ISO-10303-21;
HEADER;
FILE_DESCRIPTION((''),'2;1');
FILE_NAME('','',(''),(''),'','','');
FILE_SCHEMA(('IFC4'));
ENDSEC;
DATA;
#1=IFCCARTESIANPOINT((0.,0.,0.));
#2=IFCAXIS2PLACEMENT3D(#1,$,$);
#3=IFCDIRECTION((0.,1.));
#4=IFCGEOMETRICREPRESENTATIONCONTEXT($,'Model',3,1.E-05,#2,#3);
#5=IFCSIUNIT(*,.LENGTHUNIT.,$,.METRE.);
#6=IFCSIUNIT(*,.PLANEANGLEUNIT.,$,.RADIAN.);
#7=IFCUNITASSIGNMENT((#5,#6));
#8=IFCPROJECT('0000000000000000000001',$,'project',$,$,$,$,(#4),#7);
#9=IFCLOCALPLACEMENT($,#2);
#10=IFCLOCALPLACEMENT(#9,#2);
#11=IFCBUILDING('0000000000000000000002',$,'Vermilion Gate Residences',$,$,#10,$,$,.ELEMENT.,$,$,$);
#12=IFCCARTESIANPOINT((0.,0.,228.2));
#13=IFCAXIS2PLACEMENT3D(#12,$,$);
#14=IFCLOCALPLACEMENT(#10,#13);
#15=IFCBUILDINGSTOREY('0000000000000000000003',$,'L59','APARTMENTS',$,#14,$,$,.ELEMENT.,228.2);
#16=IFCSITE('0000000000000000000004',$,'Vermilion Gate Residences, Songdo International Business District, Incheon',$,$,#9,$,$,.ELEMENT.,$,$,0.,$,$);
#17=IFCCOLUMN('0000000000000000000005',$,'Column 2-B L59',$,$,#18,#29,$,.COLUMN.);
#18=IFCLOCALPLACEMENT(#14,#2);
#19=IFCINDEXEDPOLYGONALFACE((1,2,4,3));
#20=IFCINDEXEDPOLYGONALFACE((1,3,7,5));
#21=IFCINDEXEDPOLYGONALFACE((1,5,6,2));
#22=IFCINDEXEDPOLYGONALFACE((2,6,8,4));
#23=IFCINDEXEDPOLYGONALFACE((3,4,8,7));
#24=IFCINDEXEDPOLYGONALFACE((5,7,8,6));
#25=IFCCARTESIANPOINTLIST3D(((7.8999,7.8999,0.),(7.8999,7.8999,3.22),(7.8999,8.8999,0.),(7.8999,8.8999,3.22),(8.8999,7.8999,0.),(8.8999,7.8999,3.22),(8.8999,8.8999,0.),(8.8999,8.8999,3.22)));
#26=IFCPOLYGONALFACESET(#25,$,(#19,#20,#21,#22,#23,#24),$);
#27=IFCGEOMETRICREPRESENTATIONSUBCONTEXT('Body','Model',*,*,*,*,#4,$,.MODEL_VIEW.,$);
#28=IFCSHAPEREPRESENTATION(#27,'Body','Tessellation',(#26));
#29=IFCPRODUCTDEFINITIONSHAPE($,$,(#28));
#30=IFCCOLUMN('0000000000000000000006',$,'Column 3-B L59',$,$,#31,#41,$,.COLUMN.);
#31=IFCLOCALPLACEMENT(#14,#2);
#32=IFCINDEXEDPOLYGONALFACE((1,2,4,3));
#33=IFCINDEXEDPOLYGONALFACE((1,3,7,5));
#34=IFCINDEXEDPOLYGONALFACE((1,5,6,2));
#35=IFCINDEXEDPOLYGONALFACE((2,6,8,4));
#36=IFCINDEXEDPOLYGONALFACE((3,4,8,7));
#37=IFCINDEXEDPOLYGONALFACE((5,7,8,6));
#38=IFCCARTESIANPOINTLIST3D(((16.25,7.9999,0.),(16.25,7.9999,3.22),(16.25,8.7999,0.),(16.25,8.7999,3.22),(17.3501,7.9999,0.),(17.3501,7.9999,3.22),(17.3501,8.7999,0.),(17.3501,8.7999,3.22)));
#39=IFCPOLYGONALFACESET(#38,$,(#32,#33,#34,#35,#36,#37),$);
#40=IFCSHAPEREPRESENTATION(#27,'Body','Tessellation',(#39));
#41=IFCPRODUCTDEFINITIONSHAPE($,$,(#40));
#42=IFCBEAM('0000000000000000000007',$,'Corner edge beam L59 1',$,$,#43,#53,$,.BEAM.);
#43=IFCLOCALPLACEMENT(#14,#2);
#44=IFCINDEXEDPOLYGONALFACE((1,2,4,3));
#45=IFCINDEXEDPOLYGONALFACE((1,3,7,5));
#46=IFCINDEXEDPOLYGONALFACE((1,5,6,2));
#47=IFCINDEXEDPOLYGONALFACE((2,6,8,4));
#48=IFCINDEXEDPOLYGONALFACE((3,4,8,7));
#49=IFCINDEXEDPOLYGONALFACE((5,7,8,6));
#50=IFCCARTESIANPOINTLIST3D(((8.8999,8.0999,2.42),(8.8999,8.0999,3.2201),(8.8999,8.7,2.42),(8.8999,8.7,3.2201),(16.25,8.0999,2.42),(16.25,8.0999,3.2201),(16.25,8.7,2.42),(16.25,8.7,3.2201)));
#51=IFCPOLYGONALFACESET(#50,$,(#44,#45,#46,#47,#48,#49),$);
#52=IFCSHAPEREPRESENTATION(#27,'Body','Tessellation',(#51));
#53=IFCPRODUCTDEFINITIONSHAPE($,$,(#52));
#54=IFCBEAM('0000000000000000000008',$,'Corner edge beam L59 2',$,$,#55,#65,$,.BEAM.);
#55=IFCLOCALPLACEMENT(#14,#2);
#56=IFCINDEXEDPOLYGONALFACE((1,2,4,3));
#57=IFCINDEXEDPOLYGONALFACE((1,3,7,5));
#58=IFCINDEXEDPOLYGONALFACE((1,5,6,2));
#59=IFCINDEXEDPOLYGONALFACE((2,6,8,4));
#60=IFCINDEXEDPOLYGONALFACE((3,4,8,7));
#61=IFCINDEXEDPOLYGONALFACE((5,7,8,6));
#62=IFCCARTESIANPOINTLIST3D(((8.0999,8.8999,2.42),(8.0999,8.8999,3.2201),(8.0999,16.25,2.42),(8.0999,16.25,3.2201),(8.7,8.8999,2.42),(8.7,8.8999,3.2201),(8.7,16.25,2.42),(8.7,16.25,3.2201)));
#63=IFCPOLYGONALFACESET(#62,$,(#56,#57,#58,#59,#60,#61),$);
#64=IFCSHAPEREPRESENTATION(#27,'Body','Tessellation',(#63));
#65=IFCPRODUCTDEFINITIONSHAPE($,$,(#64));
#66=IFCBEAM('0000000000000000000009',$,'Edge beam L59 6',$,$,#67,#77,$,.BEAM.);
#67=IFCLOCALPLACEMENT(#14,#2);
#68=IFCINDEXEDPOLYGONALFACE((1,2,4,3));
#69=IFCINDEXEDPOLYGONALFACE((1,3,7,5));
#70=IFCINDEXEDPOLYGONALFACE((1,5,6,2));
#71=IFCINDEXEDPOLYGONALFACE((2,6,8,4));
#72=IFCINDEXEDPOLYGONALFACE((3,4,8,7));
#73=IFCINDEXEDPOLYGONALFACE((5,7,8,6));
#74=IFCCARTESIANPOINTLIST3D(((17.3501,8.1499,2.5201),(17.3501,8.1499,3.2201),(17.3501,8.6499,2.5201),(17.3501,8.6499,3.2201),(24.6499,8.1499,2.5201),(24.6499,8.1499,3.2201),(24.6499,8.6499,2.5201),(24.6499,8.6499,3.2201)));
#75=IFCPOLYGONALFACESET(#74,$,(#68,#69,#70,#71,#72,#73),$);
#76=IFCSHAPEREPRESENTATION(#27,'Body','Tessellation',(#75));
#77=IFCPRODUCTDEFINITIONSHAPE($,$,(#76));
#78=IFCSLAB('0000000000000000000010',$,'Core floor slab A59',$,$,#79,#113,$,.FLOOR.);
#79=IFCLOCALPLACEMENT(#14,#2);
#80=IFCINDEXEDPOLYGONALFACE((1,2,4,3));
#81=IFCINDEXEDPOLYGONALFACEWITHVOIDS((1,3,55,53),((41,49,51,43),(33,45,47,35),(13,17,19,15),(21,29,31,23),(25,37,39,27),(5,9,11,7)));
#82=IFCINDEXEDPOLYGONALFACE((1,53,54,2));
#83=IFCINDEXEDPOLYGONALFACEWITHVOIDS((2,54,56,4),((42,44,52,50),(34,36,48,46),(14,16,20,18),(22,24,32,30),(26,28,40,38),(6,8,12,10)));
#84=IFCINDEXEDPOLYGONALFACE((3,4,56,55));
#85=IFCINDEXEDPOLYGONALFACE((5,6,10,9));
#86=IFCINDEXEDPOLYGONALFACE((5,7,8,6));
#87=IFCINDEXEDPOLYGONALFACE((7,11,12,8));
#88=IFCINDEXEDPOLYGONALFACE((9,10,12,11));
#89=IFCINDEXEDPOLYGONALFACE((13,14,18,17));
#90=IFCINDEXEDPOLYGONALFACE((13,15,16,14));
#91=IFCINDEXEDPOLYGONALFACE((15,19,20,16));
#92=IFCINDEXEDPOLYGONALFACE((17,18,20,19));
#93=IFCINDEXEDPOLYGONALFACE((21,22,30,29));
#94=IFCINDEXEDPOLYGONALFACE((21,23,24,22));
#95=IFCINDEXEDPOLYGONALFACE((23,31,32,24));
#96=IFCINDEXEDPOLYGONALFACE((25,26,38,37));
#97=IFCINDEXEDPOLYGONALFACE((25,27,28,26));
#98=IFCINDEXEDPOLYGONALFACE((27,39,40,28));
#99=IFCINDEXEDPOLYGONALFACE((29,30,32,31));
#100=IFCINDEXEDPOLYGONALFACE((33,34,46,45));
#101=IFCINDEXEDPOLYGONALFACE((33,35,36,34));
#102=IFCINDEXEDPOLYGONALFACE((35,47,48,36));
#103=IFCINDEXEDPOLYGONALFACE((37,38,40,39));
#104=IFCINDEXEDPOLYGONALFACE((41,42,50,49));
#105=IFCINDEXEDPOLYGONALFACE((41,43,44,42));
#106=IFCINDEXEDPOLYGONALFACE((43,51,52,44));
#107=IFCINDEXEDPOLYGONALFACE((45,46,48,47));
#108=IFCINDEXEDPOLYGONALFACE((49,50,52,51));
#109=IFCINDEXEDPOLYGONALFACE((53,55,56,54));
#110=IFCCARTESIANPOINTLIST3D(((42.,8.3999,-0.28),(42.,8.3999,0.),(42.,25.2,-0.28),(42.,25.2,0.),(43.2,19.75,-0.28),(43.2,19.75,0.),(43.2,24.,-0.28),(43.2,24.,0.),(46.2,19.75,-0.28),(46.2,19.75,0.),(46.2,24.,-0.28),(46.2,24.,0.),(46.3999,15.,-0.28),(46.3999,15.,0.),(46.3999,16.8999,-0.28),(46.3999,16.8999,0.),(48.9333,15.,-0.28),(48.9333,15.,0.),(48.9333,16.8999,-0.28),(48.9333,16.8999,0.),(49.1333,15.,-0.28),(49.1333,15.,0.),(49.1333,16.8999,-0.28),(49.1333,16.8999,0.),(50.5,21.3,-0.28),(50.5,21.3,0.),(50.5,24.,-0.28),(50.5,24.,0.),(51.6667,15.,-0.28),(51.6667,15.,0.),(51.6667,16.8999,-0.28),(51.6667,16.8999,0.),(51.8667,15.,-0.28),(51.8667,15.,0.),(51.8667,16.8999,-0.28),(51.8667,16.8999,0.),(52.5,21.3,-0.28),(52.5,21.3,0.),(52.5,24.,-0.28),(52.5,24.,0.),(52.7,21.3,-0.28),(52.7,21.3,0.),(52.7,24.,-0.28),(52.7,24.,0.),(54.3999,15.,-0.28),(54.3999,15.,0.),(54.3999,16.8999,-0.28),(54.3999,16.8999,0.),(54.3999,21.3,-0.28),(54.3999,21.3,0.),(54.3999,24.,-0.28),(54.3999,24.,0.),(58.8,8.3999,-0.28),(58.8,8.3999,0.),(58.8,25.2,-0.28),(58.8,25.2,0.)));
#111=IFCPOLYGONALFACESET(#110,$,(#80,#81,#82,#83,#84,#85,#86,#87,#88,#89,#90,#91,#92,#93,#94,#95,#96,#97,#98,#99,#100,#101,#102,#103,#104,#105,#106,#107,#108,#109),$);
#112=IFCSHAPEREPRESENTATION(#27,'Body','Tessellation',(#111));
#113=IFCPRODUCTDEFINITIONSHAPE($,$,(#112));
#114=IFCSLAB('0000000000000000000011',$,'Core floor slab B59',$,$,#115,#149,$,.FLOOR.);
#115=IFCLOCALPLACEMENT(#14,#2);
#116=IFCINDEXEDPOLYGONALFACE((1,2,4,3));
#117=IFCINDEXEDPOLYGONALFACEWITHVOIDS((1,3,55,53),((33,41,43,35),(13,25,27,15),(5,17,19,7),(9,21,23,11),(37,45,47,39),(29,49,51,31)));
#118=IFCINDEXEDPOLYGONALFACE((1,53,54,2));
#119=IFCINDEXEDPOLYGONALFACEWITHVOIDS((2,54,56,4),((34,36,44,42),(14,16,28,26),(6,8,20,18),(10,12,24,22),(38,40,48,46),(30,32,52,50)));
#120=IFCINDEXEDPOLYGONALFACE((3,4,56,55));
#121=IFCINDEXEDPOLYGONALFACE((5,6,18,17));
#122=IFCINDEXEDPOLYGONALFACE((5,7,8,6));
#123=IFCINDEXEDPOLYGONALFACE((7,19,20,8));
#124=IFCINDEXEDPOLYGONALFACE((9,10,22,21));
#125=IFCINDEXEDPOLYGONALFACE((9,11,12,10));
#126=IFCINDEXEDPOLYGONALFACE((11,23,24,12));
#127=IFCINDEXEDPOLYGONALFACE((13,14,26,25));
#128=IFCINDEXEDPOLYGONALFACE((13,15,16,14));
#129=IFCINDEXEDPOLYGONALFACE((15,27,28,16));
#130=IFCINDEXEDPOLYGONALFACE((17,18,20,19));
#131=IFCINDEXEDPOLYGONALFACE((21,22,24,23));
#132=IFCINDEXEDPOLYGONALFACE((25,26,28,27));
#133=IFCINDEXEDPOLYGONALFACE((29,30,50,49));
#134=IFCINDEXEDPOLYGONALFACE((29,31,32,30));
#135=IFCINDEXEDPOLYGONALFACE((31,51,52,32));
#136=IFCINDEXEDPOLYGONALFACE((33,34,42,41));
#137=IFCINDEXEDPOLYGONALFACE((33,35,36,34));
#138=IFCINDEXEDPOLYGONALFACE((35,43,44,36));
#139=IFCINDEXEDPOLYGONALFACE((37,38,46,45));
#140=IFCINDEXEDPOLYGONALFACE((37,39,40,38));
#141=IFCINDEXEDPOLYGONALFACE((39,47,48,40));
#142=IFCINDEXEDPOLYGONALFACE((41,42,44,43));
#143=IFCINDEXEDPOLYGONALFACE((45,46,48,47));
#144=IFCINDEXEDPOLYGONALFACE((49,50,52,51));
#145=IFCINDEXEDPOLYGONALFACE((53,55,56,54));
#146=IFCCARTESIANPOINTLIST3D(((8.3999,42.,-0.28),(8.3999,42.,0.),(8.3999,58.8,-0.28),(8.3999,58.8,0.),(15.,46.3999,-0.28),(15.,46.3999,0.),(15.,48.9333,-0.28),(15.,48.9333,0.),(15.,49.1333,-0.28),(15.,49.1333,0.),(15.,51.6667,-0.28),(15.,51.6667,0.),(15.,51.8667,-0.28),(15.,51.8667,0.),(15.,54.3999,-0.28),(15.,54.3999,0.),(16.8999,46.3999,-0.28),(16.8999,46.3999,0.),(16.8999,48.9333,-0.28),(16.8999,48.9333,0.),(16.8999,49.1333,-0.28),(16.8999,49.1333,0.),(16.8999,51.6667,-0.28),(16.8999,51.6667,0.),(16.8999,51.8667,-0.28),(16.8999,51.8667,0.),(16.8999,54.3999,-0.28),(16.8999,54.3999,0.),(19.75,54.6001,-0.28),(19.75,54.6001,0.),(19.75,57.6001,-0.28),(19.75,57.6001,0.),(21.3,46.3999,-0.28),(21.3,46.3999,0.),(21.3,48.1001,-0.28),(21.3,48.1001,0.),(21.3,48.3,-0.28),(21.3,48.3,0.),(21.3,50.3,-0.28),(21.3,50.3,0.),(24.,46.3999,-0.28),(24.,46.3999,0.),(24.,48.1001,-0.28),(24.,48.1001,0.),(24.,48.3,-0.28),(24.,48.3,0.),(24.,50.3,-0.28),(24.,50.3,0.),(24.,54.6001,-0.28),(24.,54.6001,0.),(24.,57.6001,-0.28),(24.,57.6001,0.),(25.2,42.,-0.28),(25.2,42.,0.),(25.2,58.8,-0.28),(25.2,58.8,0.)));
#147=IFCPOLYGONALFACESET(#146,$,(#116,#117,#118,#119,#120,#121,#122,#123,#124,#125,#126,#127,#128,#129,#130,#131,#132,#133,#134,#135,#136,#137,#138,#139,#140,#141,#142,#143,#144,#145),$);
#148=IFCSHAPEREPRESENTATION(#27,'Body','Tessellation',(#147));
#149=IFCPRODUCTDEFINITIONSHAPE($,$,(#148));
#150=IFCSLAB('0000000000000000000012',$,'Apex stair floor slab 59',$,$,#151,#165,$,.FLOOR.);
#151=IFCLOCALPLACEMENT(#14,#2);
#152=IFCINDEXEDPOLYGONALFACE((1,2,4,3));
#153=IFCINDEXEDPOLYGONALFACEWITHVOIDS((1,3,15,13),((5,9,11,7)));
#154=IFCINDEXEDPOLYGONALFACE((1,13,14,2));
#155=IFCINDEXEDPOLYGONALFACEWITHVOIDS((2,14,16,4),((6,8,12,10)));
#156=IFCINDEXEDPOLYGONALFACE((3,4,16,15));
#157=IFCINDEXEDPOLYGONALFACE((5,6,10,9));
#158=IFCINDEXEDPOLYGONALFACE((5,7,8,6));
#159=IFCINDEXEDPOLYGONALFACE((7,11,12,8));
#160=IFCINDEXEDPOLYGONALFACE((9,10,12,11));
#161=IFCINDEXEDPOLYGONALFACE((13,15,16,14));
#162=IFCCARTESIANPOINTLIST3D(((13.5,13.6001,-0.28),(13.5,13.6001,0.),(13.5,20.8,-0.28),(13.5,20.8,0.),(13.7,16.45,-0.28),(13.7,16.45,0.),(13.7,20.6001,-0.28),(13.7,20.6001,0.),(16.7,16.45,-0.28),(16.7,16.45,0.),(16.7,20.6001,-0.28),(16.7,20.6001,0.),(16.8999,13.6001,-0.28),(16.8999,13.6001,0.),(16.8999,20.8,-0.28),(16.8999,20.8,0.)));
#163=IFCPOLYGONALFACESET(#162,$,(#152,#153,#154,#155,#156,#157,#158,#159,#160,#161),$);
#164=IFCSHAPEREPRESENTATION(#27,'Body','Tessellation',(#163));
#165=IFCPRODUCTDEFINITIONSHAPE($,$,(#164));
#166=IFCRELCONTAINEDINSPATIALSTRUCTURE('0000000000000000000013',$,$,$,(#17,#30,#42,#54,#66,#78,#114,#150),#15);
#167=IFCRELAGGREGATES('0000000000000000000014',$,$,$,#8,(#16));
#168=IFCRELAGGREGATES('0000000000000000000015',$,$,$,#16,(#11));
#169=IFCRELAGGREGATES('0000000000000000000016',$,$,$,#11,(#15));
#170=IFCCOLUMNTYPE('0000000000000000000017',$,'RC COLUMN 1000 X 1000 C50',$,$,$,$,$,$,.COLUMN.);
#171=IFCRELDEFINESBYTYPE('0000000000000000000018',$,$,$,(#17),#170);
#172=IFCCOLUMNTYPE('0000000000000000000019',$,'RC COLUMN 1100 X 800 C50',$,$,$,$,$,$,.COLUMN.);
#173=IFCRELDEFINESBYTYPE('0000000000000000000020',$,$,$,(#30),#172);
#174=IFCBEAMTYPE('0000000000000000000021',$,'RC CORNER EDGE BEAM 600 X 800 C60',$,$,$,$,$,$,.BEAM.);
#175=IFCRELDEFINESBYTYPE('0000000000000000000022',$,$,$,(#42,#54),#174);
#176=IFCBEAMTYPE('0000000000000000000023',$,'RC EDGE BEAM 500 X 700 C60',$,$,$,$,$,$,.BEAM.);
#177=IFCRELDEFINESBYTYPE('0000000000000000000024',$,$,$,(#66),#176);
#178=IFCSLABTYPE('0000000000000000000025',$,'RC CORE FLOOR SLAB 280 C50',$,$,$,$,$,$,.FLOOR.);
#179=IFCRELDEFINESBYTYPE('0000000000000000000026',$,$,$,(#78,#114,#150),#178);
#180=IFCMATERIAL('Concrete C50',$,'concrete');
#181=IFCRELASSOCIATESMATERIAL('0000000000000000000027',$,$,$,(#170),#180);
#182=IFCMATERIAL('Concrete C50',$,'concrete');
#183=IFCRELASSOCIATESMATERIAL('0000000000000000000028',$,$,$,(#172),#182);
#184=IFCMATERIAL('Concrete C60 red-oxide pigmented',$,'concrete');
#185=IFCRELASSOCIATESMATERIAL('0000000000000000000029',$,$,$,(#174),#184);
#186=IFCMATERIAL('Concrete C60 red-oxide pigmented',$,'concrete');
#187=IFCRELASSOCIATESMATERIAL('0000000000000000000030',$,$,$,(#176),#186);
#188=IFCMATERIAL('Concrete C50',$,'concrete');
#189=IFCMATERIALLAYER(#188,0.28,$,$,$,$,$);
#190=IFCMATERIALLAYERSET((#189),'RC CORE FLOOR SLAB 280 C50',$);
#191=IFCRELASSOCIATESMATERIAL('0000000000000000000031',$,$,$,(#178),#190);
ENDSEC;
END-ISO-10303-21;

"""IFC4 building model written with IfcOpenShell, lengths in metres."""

from ifc_helpers import new_model, si_unit, direction, frame, origin, origin_2d, place, context, subcontext, project, spatial, polyline, rectangle, outline, extrude, material, layer, layer_set, material_profile, profile_set, type_object, element, save


model = new_model("IFC4")

# Units and contexts
model_context = context("Model", 3, precision=1e-05, world=origin(), true_north=direction((0.0, 1.0)))
body_context = subcontext(model_context, "Body", "Model", "MODEL_VIEW")
ifc_project = project(units=[si_unit("LENGTHUNIT", "METRE"), si_unit("PLANEANGLEUNIT", "RADIAN")], contexts=[model_context])

# Site, building, storey
site_placement = place(None, origin())
site = spatial("IfcSite", under=ifc_project, at=site_placement, Name="Vermilion Gate Residences, Songdo International Business District, Incheon", CompositionType="ELEMENT", RefElevation=0.0)
building_placement = place(site_placement, origin())
building = spatial("IfcBuilding", under=site, at=building_placement, Name="Vermilion Gate Residences", CompositionType="ELEMENT")
storey_placement = place(building_placement, frame((0.0, 0.0, 228.2)))
storey = spatial("IfcBuildingStorey", under=building, at=storey_placement, Name="L59", Description="APARTMENTS", CompositionType="ELEMENT", Elevation=228.2)

# Columns
ifc_material_1 = material(Name="Concrete C50", Category="concrete")
ifc_material_profile_1 = material_profile(ifc_material_1, rectangle(XDim=1.0, YDim=1.0, at=origin_2d()), Name="RC-1000x1000")
ifc_profile_set_1 = profile_set([ifc_material_profile_1], Name="Concrete C50")
column_type_1 = type_object("IfcColumnType", Name="RC COLUMN 1000 X 1000 C50", PredefinedType="COLUMN", material=ifc_profile_set_1)
column_1_placement = place(storey_placement, frame((8.3999, 8.3999, 0.0), z_axis=(0.0, 0.0, 1.0), x_axis=(1.0, 0.0, 0.0)))
element("IfcColumn", 1, at=column_1_placement, inside=storey, type_object=column_type_1, Name="Column 2-B L59", PredefinedType="COLUMN", context=body_context, shape_type="SweptSolid", body=[
    extrude(rectangle(XDim=1.0, YDim=1.0, at=origin_2d()), origin(), (0.0, 0.0, 1.0), 3.22),
])
ifc_material_2 = material(Name="Concrete C50", Category="concrete")
ifc_material_profile_2 = material_profile(ifc_material_2, rectangle(XDim=1.1001, YDim=0.8, at=origin_2d()), Name="RC-1100x800")
ifc_profile_set_2 = profile_set([ifc_material_profile_2], Name="Concrete C50")
column_type_2 = type_object("IfcColumnType", Name="RC COLUMN 1100 X 800 C50", PredefinedType="COLUMN", material=ifc_profile_set_2)
column_2_placement = place(storey_placement, frame((16.8, 8.3999, 0.0), z_axis=(0.0, 0.0, 1.0), x_axis=(1.0, 0.0, 0.0)))
element("IfcColumn", 2, at=column_2_placement, inside=storey, type_object=column_type_2, Name="Column 3-B L59", PredefinedType="COLUMN", context=body_context, shape_type="SweptSolid", body=[
    extrude(rectangle(XDim=1.1001, YDim=0.8, at=origin_2d()), origin(), (0.0, 0.0, 1.0), 3.22),
])

# Beams
ifc_material_3 = material(Name="Concrete C60 red-oxide pigmented", Category="concrete")
ifc_material_profile_3 = material_profile(ifc_material_3, rectangle(XDim=0.6001, YDim=0.8, at=origin_2d()), Name="RC-600x800")
ifc_profile_set_3 = profile_set([ifc_material_profile_3], Name="Concrete C60 red-oxide pigmented")
beam_type_1 = type_object("IfcBeamType", Name="RC CORNER EDGE BEAM 600 X 800 C60", PredefinedType="BEAM", material=ifc_profile_set_3)
for number, where, z_axis, x_axis, name in (
    (3, (8.8999, 8.3999, 2.8201), (1.0, 0.0, 0.0), (0.0, 1.0, 0.0), "Corner edge beam L59 1"),
    (4, (8.3999, 8.8999, 2.8201), (0.0, 1.0, 0.0), (-1.0, 0.0, 0.0), "Corner edge beam L59 2"),
):
    element("IfcBeam", number, at=place(storey_placement, frame(where, z_axis=z_axis, x_axis=x_axis)), inside=storey, type_object=beam_type_1, Name=name, PredefinedType="BEAM", context=body_context, shape_type="SweptSolid", body=[
        extrude(rectangle(XDim=0.6001, YDim=0.8, at=origin_2d()), origin(), (0.0, 0.0, 1.0), 7.3501),
    ])
ifc_material_4 = material(Name="Concrete C60 red-oxide pigmented", Category="concrete")
ifc_material_profile_4 = material_profile(ifc_material_4, rectangle(XDim=0.5, YDim=0.7, at=origin_2d()), Name="RC-500x700")
ifc_profile_set_4 = profile_set([ifc_material_profile_4], Name="Concrete C60 red-oxide pigmented")
beam_type_2 = type_object("IfcBeamType", Name="RC EDGE BEAM 500 X 700 C60", PredefinedType="BEAM", material=ifc_profile_set_4)
beam_placement = place(storey_placement, frame((17.3501, 8.3999, 2.8701), z_axis=(1.0, 0.0, 0.0), x_axis=(0.0, 1.0, 0.0)))
element("IfcBeam", 5, at=beam_placement, inside=storey, type_object=beam_type_2, Name="Edge beam L59 6", PredefinedType="BEAM", context=body_context, shape_type="SweptSolid", body=[
    extrude(rectangle(XDim=0.5, YDim=0.7, at=origin_2d()), origin(), (0.0, 0.0, 1.0), 7.2998),
])

# Slabs
ifc_material_5 = material(Name="Concrete C50", Category="concrete")
ifc_layer_1 = layer(ifc_material_5, 0.28)
ifc_layer_set_1 = layer_set([ifc_layer_1], Name="RC CORE FLOOR SLAB 280 C50")
slab_type_1 = type_object("IfcSlabType", Name="RC CORE FLOOR SLAB 280 C50", PredefinedType="FLOOR", material=ifc_layer_set_1)
slab_1_placement = place(storey_placement, frame((0.0, 0.0, -0.28)))
element("IfcSlab", 6, at=slab_1_placement, inside=storey, type_object=slab_type_1, Name="Core floor slab A59", PredefinedType="FLOOR", context=body_context, shape_type="SweptSolid", body=[
    extrude(outline(polyline([(42.0, 8.3999), (58.8, 8.3999), (58.8, 25.2), (42.0, 25.2), (42.0, 8.3999)]), holes=[polyline([(46.3999, 15.0), (46.3999, 16.8999), (48.9333, 16.8999), (48.9333, 15.0), (46.3999, 15.0)]), polyline([(49.1333, 16.8999), (51.6667, 16.8999), (51.6667, 15.0), (49.1333, 15.0), (49.1333, 16.8999)]), polyline([(51.8667, 16.8999), (54.3999, 16.8999), (54.3999, 15.0), (51.8667, 15.0), (51.8667, 16.8999)]), polyline([(43.2, 19.75), (43.2, 24.0), (46.2, 24.0), (46.2, 19.75), (43.2, 19.75)]), polyline([(50.5, 24.0), (52.5, 24.0), (52.5, 21.3), (50.5, 21.3), (50.5, 24.0)]), polyline([(52.7, 24.0), (54.3999, 24.0), (54.3999, 21.3), (52.7, 21.3), (52.7, 24.0)])]), origin(), (0.0, 0.0, 1.0), 0.28),
])
slab_2_placement = place(storey_placement, frame((0.0, 0.0, -0.28)))
element("IfcSlab", 7, at=slab_2_placement, inside=storey, type_object=slab_type_1, Name="Core floor slab B59", PredefinedType="FLOOR", context=body_context, shape_type="SweptSolid", body=[
    extrude(outline(polyline([(8.3999, 42.0), (25.2, 42.0), (25.2, 58.8), (8.3999, 58.8), (8.3999, 42.0)]), holes=[polyline([(21.3, 46.3999), (21.3, 48.1001), (24.0, 48.1001), (24.0, 46.3999), (21.3, 46.3999)]), polyline([(15.0, 48.9333), (16.8999, 48.9333), (16.8999, 46.3999), (15.0, 46.3999), (15.0, 48.9333)]), polyline([(21.3, 50.3), (24.0, 50.3), (24.0, 48.3), (21.3, 48.3), (21.3, 50.3)]), polyline([(15.0, 49.1333), (15.0, 51.6667), (16.8999, 51.6667), (16.8999, 49.1333), (15.0, 49.1333)]), polyline([(15.0, 54.3999), (16.8999, 54.3999), (16.8999, 51.8667), (15.0, 51.8667), (15.0, 54.3999)]), polyline([(19.75, 57.6001), (24.0, 57.6001), (24.0, 54.6001), (19.75, 54.6001), (19.75, 57.6001)])]), origin(), (0.0, 0.0, 1.0), 0.28),
])
slab_3_placement = place(storey_placement, frame((0.0, 0.0, -0.28)))
element("IfcSlab", 8, at=slab_3_placement, inside=storey, type_object=slab_type_1, Name="Apex stair floor slab 59", PredefinedType="FLOOR", context=body_context, shape_type="SweptSolid", body=[
    extrude(outline(polyline([(13.5, 13.6001), (16.8999, 13.6001), (16.8999, 20.8), (13.5, 20.8), (13.5, 13.6001)]), holes=[polyline([(16.7, 20.6001), (16.7, 16.45), (13.7, 16.45), (13.7, 20.6001), (16.7, 20.6001)])]), origin(), (0.0, 0.0, 1.0), 0.28),
])

save(model, "model.ifc")
